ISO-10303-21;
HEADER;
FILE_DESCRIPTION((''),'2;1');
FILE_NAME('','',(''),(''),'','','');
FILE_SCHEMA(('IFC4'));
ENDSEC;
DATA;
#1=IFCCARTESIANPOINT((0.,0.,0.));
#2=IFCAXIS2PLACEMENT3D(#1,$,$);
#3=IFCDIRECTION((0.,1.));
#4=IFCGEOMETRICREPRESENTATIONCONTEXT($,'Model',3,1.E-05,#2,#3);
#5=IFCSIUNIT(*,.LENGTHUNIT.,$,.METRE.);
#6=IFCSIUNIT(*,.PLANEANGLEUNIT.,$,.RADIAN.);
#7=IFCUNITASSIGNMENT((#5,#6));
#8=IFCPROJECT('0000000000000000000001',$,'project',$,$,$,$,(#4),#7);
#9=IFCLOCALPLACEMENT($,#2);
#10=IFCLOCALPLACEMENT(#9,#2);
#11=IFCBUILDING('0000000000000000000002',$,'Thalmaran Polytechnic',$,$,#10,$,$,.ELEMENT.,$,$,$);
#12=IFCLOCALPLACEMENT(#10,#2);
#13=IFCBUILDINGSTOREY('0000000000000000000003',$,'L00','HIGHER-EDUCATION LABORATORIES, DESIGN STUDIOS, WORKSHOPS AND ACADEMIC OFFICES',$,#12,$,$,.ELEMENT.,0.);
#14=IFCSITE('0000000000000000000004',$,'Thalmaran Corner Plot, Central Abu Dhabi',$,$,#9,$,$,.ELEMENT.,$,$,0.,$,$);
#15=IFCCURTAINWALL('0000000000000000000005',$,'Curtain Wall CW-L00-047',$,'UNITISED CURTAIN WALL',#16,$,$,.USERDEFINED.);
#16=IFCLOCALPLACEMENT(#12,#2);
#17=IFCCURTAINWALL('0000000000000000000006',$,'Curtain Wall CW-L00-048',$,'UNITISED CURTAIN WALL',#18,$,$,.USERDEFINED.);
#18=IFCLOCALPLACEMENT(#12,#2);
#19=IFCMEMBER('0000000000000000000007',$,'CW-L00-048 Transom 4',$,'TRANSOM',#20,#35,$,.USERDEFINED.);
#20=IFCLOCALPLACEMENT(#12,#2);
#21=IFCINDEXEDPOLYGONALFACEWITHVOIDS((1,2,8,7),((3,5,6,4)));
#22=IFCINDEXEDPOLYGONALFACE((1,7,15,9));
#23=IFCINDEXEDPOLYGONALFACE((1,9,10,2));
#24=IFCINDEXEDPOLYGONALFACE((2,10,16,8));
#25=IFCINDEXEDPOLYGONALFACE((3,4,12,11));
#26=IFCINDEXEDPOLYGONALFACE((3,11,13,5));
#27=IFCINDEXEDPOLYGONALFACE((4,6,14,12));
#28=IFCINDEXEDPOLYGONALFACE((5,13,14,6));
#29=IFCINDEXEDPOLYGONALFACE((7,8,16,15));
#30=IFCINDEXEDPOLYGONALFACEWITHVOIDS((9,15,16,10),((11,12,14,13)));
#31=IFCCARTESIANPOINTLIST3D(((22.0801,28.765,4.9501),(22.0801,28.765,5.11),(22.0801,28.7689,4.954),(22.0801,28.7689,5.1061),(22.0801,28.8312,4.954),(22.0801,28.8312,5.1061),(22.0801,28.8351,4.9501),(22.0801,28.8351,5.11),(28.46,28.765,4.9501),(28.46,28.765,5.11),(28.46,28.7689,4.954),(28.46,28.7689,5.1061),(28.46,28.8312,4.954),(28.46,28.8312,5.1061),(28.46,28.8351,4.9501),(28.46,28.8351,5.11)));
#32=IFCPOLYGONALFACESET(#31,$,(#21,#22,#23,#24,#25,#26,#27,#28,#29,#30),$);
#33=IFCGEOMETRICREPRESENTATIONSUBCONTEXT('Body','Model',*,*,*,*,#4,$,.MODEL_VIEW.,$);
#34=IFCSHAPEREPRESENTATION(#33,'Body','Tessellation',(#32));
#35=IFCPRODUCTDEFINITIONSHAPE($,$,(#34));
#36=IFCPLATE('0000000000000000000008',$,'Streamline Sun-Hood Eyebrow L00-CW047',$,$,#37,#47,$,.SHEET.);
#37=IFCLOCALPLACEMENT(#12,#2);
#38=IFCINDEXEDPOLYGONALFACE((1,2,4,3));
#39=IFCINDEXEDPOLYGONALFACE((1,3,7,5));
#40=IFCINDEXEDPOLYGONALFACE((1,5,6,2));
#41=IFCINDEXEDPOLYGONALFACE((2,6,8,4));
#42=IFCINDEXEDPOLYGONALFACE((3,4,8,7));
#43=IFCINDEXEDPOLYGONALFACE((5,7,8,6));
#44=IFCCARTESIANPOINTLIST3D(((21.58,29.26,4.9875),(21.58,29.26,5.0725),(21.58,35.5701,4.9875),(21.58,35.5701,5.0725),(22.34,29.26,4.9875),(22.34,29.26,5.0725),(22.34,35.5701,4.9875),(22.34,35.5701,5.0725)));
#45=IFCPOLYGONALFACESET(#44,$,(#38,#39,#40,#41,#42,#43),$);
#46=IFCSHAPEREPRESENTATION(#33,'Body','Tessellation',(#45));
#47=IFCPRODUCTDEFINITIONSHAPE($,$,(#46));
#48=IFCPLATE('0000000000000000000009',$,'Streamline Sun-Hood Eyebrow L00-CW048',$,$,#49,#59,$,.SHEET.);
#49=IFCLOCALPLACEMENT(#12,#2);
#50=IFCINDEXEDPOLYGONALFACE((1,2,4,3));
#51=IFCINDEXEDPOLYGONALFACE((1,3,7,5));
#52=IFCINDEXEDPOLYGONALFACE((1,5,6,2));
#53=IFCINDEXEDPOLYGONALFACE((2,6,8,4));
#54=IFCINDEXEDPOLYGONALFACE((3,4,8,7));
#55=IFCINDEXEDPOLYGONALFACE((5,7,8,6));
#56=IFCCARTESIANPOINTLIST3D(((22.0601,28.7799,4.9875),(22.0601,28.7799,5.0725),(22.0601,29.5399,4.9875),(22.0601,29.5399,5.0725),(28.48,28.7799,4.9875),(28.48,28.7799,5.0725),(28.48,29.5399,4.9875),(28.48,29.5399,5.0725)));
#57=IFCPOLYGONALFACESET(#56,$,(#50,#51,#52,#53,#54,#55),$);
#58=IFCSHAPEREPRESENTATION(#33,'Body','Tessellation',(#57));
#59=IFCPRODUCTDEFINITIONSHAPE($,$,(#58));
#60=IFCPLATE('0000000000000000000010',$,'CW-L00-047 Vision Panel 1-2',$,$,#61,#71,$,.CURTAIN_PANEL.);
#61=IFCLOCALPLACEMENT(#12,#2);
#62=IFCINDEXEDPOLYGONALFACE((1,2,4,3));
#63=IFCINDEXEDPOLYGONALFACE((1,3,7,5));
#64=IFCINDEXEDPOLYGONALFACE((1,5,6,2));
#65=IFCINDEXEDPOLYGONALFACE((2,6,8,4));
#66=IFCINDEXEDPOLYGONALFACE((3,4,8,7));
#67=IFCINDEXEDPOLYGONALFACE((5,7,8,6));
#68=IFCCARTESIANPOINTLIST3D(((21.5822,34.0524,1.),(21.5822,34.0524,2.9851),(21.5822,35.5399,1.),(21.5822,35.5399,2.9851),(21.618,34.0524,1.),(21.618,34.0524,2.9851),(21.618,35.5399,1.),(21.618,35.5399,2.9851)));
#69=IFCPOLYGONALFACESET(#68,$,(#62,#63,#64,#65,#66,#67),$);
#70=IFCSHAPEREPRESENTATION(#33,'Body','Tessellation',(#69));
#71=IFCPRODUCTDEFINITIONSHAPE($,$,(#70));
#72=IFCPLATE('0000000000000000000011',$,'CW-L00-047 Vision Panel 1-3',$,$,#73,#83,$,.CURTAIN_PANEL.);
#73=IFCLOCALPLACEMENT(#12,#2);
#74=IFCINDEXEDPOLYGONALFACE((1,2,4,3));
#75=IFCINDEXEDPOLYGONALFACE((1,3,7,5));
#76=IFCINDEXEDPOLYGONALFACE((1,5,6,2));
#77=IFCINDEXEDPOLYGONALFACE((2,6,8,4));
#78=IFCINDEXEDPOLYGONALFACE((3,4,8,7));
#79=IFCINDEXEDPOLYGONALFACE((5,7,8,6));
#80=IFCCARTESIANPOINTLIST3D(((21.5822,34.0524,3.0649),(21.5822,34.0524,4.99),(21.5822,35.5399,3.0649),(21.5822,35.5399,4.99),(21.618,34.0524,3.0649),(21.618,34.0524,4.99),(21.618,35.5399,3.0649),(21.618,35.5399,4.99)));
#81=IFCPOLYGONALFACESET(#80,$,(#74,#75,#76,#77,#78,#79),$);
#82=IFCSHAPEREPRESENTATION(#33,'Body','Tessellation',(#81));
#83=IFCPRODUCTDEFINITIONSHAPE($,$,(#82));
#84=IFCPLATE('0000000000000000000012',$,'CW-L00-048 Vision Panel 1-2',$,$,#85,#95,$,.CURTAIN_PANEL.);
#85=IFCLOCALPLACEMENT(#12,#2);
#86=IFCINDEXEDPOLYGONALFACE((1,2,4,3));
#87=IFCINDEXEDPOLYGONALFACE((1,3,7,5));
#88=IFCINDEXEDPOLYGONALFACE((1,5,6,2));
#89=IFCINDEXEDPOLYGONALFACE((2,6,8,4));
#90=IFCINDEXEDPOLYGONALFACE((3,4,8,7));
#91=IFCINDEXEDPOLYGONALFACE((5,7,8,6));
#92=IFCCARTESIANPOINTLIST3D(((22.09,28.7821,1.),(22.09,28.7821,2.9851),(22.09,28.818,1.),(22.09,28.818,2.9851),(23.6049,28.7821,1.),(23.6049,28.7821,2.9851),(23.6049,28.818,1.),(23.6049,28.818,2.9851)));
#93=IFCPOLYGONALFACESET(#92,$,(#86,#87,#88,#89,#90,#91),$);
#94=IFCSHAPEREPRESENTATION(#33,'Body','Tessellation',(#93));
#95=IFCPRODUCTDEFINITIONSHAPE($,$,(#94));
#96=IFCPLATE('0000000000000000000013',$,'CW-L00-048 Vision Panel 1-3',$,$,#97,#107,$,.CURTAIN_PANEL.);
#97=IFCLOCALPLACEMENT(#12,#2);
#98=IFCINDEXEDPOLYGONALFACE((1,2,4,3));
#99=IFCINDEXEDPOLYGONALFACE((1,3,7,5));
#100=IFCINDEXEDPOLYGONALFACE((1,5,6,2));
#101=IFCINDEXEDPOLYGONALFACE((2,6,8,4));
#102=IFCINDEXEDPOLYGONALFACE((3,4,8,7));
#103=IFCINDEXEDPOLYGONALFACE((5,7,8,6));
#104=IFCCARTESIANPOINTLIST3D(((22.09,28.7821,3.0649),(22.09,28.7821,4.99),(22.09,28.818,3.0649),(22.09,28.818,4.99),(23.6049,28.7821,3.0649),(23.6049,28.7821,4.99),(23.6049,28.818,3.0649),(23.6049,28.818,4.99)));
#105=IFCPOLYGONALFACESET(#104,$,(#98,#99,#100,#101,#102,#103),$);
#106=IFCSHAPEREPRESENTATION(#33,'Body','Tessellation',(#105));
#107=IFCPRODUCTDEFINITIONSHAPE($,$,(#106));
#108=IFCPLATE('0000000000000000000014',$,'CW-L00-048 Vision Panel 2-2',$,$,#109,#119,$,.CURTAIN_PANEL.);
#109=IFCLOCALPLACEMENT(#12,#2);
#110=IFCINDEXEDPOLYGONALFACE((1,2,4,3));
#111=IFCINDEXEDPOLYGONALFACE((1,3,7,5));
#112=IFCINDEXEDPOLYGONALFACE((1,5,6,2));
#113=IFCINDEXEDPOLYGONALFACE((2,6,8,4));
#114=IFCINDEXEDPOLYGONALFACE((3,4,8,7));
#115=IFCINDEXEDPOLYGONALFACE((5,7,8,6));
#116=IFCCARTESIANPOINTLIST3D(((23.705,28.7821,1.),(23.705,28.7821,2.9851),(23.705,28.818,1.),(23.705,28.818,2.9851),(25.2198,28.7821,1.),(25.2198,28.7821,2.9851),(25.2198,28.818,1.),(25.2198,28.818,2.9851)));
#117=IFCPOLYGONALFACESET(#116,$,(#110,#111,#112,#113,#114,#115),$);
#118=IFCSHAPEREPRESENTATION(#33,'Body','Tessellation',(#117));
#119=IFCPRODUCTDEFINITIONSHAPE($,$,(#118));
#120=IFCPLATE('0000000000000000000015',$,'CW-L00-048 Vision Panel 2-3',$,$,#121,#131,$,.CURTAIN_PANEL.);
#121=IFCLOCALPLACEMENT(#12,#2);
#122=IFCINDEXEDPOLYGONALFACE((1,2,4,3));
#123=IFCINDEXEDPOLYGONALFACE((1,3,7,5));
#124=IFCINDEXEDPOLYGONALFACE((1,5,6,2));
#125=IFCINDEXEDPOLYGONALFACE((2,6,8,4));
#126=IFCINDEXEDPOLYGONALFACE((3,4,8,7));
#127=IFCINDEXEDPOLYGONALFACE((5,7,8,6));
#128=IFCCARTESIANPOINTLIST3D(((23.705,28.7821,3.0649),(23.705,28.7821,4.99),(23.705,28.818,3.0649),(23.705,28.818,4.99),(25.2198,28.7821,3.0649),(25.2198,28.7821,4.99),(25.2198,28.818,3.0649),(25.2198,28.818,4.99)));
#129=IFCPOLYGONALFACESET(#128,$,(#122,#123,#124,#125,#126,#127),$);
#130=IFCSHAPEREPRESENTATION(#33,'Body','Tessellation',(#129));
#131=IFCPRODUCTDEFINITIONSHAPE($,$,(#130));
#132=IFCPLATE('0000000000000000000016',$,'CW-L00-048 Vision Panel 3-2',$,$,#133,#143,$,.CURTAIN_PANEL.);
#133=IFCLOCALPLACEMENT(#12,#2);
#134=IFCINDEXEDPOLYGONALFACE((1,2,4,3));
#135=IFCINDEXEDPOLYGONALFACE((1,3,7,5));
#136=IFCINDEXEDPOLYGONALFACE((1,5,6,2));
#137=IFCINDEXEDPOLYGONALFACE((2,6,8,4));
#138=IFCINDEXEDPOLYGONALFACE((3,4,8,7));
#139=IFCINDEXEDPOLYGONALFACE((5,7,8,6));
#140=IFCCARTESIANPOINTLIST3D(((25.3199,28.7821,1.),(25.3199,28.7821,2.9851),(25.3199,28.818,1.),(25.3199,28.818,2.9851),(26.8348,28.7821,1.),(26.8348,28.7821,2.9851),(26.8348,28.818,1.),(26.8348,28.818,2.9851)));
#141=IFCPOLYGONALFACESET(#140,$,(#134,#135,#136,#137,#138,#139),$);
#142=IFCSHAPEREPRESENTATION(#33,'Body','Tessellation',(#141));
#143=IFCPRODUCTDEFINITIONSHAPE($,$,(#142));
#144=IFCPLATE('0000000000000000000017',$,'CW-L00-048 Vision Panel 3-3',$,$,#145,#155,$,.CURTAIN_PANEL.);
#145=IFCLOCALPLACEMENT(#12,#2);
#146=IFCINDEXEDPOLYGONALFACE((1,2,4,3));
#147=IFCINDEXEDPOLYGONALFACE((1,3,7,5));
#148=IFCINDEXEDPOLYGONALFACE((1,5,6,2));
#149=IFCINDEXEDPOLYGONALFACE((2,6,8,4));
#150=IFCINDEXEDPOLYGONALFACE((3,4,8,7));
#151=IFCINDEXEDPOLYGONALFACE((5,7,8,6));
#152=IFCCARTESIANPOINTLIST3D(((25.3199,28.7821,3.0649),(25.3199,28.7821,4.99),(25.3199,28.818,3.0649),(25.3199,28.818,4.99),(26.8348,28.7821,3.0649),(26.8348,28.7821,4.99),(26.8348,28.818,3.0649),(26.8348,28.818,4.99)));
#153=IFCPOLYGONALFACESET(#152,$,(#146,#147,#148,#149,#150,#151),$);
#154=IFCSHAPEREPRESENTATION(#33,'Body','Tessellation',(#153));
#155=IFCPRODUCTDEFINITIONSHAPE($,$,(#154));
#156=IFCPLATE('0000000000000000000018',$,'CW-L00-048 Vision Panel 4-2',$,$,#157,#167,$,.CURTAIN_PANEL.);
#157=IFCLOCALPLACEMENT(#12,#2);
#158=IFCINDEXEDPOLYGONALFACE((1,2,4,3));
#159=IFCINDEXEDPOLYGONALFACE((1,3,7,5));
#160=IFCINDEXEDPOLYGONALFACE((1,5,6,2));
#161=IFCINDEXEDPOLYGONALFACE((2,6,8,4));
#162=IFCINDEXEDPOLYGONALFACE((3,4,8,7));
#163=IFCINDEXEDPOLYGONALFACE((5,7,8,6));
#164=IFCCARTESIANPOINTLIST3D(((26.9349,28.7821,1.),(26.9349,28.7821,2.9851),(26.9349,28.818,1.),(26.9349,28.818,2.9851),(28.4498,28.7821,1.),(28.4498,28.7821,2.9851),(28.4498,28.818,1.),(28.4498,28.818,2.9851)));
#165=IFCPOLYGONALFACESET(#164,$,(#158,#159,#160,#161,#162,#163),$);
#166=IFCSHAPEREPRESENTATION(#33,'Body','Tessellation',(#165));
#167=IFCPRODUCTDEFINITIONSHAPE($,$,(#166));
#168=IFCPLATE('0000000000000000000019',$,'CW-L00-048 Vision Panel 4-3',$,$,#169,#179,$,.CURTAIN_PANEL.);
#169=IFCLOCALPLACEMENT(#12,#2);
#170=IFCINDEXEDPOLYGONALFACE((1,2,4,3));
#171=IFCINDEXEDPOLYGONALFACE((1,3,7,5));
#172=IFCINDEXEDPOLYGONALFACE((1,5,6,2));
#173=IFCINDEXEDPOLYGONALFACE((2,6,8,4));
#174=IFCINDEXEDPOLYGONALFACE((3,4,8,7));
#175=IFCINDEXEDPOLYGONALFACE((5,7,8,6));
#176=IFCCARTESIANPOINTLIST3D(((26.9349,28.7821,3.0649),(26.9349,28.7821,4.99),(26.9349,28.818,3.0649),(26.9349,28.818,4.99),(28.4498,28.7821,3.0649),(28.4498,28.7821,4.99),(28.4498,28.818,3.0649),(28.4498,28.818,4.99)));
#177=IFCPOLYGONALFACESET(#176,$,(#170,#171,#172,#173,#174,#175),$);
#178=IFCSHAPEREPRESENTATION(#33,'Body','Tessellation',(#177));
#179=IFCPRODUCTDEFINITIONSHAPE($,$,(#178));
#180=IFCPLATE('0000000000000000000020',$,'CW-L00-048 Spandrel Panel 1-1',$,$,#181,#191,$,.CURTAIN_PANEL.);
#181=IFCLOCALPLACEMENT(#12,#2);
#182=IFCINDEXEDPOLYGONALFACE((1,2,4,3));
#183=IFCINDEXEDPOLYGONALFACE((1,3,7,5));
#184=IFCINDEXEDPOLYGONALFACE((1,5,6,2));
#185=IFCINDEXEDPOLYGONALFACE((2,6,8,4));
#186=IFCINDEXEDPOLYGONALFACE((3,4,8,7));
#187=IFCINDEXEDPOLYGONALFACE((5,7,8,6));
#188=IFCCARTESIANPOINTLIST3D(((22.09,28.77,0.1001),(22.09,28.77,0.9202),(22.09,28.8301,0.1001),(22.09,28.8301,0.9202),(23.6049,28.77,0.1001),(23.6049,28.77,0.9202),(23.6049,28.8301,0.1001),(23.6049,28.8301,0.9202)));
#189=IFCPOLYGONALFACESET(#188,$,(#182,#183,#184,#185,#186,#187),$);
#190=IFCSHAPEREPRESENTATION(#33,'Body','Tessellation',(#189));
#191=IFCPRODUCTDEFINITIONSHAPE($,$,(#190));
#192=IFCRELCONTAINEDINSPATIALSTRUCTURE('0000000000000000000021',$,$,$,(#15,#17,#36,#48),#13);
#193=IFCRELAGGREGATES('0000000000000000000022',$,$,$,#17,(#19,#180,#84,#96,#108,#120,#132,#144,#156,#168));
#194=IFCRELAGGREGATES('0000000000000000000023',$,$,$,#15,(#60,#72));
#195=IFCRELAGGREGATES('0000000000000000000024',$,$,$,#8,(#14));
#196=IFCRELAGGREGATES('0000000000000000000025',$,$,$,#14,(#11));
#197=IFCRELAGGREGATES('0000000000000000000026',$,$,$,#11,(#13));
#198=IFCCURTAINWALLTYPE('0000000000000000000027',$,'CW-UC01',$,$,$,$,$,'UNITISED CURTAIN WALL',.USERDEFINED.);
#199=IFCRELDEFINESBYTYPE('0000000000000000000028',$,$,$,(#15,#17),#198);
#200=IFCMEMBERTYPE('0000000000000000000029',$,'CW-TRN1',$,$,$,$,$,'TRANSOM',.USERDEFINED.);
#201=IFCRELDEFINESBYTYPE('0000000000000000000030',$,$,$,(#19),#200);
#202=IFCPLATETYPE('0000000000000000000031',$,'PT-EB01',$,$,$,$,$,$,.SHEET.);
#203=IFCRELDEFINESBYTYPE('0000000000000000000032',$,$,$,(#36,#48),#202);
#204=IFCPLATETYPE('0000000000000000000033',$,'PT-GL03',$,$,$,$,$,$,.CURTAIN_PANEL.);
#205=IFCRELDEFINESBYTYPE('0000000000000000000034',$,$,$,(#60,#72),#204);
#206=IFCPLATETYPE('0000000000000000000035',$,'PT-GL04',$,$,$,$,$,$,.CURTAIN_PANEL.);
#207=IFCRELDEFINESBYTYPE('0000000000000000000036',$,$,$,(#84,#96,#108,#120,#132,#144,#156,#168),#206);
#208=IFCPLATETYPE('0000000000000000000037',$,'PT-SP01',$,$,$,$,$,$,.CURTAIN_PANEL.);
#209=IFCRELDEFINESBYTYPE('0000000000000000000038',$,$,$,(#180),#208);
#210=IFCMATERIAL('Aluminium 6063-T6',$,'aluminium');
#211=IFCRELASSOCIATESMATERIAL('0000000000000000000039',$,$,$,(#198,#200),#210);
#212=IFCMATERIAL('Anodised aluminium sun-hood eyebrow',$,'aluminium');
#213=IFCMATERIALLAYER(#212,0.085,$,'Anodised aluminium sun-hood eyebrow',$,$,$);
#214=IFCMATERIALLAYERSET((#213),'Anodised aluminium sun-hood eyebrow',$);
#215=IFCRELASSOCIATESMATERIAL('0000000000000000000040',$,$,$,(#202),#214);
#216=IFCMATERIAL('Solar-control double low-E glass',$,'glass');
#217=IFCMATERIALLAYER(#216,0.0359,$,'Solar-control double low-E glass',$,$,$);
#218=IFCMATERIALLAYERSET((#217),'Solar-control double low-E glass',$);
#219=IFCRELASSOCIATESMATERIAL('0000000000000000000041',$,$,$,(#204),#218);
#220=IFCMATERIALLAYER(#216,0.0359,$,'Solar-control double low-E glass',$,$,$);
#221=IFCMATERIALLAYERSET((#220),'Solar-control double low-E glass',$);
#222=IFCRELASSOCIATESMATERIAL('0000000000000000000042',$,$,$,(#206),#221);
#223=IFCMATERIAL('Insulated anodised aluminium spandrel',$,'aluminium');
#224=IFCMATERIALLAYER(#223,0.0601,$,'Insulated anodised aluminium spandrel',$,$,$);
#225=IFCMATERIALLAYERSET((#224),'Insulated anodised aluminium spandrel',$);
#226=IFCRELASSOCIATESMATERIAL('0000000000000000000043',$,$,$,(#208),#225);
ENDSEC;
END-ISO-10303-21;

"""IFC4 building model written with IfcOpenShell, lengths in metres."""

from ifc_helpers import new_model, si_unit, direction, frame, origin, origin_2d, place, context, subcontext, project, spatial, rectangle, hollow_rectangle, extrude, material, layer, layer_set, material_profile, profile_set, type_object, element, aggregate, save


model = new_model("IFC4")

# Units and contexts
model_context = context("Model", 3, precision=1e-05, world=origin(), true_north=direction((0.0, 1.0)))
body_context = subcontext(model_context, "Body", "Model", "MODEL_VIEW")
ifc_project = project(units=[si_unit("LENGTHUNIT", "METRE"), si_unit("PLANEANGLEUNIT", "RADIAN")], contexts=[model_context])

# Site, building, storey
site_placement = place(None, origin())
site = spatial("IfcSite", under=ifc_project, at=site_placement, Name="Thalmaran Corner Plot, Central Abu Dhabi", CompositionType="ELEMENT", RefElevation=0.0)
building_placement = place(site_placement, origin())
building = spatial("IfcBuilding", under=site, at=building_placement, Name="Thalmaran Polytechnic", CompositionType="ELEMENT")
storey_placement = place(building_placement, origin())
storey = spatial("IfcBuildingStorey", under=building, at=storey_placement, Name="L00", Description="HIGHER-EDUCATION LABORATORIES, DESIGN STUDIOS, WORKSHOPS AND ACADEMIC OFFICES", CompositionType="ELEMENT", Elevation=0.0)

# Curtain wall
ifc_material_1 = material(Name="Aluminium 6063-T6", Category="aluminium")
curtain_wall_type = type_object("IfcCurtainWallType", Name="CW-UC01", ElementType="UNITISED CURTAIN WALL", PredefinedType="USERDEFINED", material=ifc_material_1)
curtain_wall_1_placement = place(storey_placement, origin())
curtain_wall_1 = element("IfcCurtainWall", 1, at=curtain_wall_1_placement, inside=storey, type_object=curtain_wall_type, Name="Curtain Wall CW-L00-047", ObjectType="UNITISED CURTAIN WALL", PredefinedType="USERDEFINED")

# Curtain wall
curtain_wall_2_placement = place(storey_placement, origin())
curtain_wall_2 = element("IfcCurtainWall", 2, at=curtain_wall_2_placement, inside=storey, type_object=curtain_wall_type, Name="Curtain Wall CW-L00-048", ObjectType="UNITISED CURTAIN WALL", PredefinedType="USERDEFINED")

# Member
ifc_material_profile_1 = material_profile(ifc_material_1, hollow_rectangle(XDim=0.0701, YDim=0.1599, WallThickness=0.0039, at=origin_2d()), Name="AL 160x70x4.0")
ifc_profile_set_1 = profile_set([ifc_material_profile_1], Name="Aluminium 6063-T6")
member_type_1 = type_object("IfcMemberType", Name="CW-TRN1", ElementType="TRANSOM", PredefinedType="USERDEFINED", material=ifc_profile_set_1)
member_1_placement = place(storey_placement, frame((22.0801, 28.8, 5.03), z_axis=(1.0, 0.0, 0.0), x_axis=(0.0, 1.0, 0.0)))
member_1 = element("IfcMember", 3, at=member_1_placement, type_object=member_type_1, Name="CW-L00-048 Transom 4", ObjectType="TRANSOM", PredefinedType="USERDEFINED", context=body_context, shape_type="SweptSolid", body=[
    extrude(hollow_rectangle(XDim=0.0701, YDim=0.1599, WallThickness=0.0039, at=origin_2d()), origin(), (0.0, 0.0, 1.0), 6.3799),
])

# Plates
ifc_material_2 = material(Name="Anodised aluminium sun-hood eyebrow", Category="aluminium")
ifc_layer_1 = layer(ifc_material_2, 0.085, Name="Anodised aluminium sun-hood eyebrow")
ifc_layer_set_1 = layer_set([ifc_layer_1], Name="Anodised aluminium sun-hood eyebrow")
plate_type_1 = type_object("IfcPlateType", Name="PT-EB01", PredefinedType="SHEET", material=ifc_layer_set_1)
plate_1_placement = place(storey_placement, frame((21.96, 32.415, 4.9875), z_axis=(0.0, 0.0, 1.0), x_axis=(0.0, -1.0, 0.0)))
element("IfcPlate", 4, at=plate_1_placement, inside=storey, type_object=plate_type_1, Name="Streamline Sun-Hood Eyebrow L00-CW047", PredefinedType="SHEET", context=body_context, shape_type="SweptSolid", body=[
    extrude(rectangle(XDim=6.3101, YDim=0.76, at=origin_2d()), origin(), (0.0, 0.0, 1.0), 0.085),
])
plate_2_placement = place(storey_placement, frame((25.27, 29.1599, 4.9875), z_axis=(0.0, 0.0, 1.0), x_axis=(1.0, 0.0, 0.0)))
element("IfcPlate", 5, at=plate_2_placement, inside=storey, type_object=plate_type_1, Name="Streamline Sun-Hood Eyebrow L00-CW048", PredefinedType="SHEET", context=body_context, shape_type="SweptSolid", body=[
    extrude(rectangle(XDim=6.4199, YDim=0.76, at=origin_2d()), origin(), (0.0, 0.0, 1.0), 0.085),
])

# Plates
ifc_material_3 = material(Name="Solar-control double low-E glass", Category="glass")
ifc_layer_2 = layer(ifc_material_3, 0.0359, Name="Solar-control double low-E glass")
ifc_layer_set_2 = layer_set([ifc_layer_2], Name="Solar-control double low-E glass")
plate_type_2 = type_object("IfcPlateType", Name="PT-GL03", PredefinedType="CURTAIN_PANEL", material=ifc_layer_set_2)
plate_3_placement = place(storey_placement, frame((21.6001, 34.7961, 1.0), z_axis=(0.0, 0.0, 1.0), x_axis=(0.0, -1.0, 0.0)))
plate_3 = element("IfcPlate", 6, at=plate_3_placement, type_object=plate_type_2, Name="CW-L00-047 Vision Panel 1-2", PredefinedType="CURTAIN_PANEL", context=body_context, shape_type="SweptSolid", body=[
    extrude(rectangle(XDim=1.4875, YDim=0.0359, at=origin_2d()), origin(), (0.0, 0.0, 1.0), 1.9851),
])
plate_4_placement = place(storey_placement, frame((21.6001, 34.7961, 3.0649), z_axis=(0.0, 0.0, 1.0), x_axis=(0.0, -1.0, 0.0)))
plate_4 = element("IfcPlate", 7, at=plate_4_placement, type_object=plate_type_2, Name="CW-L00-047 Vision Panel 1-3", PredefinedType="CURTAIN_PANEL", context=body_context, shape_type="SweptSolid", body=[
    extrude(rectangle(XDim=1.4875, YDim=0.0359, at=origin_2d()), origin(), (0.0, 0.0, 1.0), 1.925),
])
ifc_layer_3 = layer(ifc_material_3, 0.0359, Name="Solar-control double low-E glass")
ifc_layer_set_3 = layer_set([ifc_layer_3], Name="Solar-control double low-E glass")
plate_type_3 = type_object("IfcPlateType", Name="PT-GL04", PredefinedType="CURTAIN_PANEL", material=ifc_layer_set_3)
plate_5_placement = place(storey_placement, frame((22.8474, 28.8, 1.0), z_axis=(0.0, 0.0, 1.0), x_axis=(1.0, 0.0, 0.0)))
plate_5 = element("IfcPlate", 8, at=plate_5_placement, type_object=plate_type_3, Name="CW-L00-048 Vision Panel 1-2", PredefinedType="CURTAIN_PANEL", context=body_context, shape_type="SweptSolid", body=[
    extrude(rectangle(XDim=1.5149, YDim=0.0359, at=origin_2d()), origin(), (0.0, 0.0, 1.0), 1.9851),
])
plate_6_placement = place(storey_placement, frame((22.8474, 28.8, 3.0649), z_axis=(0.0, 0.0, 1.0), x_axis=(1.0, 0.0, 0.0)))
plate_6 = element("IfcPlate", 9, at=plate_6_placement, type_object=plate_type_3, Name="CW-L00-048 Vision Panel 1-3", PredefinedType="CURTAIN_PANEL", context=body_context, shape_type="SweptSolid", body=[
    extrude(rectangle(XDim=1.5149, YDim=0.0359, at=origin_2d()), origin(), (0.0, 0.0, 1.0), 1.925),
])
plate_7_placement = place(storey_placement, frame((24.4624, 28.8, 1.0), z_axis=(0.0, 0.0, 1.0), x_axis=(1.0, 0.0, 0.0)))
plate_7 = element("IfcPlate", 10, at=plate_7_placement, type_object=plate_type_3, Name="CW-L00-048 Vision Panel 2-2", PredefinedType="CURTAIN_PANEL", context=body_context, shape_type="SweptSolid", body=[
    extrude(rectangle(XDim=1.5149, YDim=0.0359, at=origin_2d()), origin(), (0.0, 0.0, 1.0), 1.9851),
])
plate_8_placement = place(storey_placement, frame((24.4624, 28.8, 3.0649), z_axis=(0.0, 0.0, 1.0), x_axis=(1.0, 0.0, 0.0)))
plate_8 = element("IfcPlate", 11, at=plate_8_placement, type_object=plate_type_3, Name="CW-L00-048 Vision Panel 2-3", PredefinedType="CURTAIN_PANEL", context=body_context, shape_type="SweptSolid", body=[
    extrude(rectangle(XDim=1.5149, YDim=0.0359, at=origin_2d()), origin(), (0.0, 0.0, 1.0), 1.925),
])
plate_9_placement = place(storey_placement, frame((26.0774, 28.8, 1.0), z_axis=(0.0, 0.0, 1.0), x_axis=(1.0, 0.0, 0.0)))
plate_9 = element("IfcPlate", 12, at=plate_9_placement, type_object=plate_type_3, Name="CW-L00-048 Vision Panel 3-2", PredefinedType="CURTAIN_PANEL", context=body_context, shape_type="SweptSolid", body=[
    extrude(rectangle(XDim=1.5149, YDim=0.0359, at=origin_2d()), origin(), (0.0, 0.0, 1.0), 1.9851),
])
plate_10_placement = place(storey_placement, frame((26.0774, 28.8, 3.0649), z_axis=(0.0, 0.0, 1.0), x_axis=(1.0, 0.0, 0.0)))
plate_10 = element("IfcPlate", 13, at=plate_10_placement, type_object=plate_type_3, Name="CW-L00-048 Vision Panel 3-3", PredefinedType="CURTAIN_PANEL", context=body_context, shape_type="SweptSolid", body=[
    extrude(rectangle(XDim=1.5149, YDim=0.0359, at=origin_2d()), origin(), (0.0, 0.0, 1.0), 1.925),
])
plate_11_placement = place(storey_placement, frame((27.6924, 28.8, 1.0), z_axis=(0.0, 0.0, 1.0), x_axis=(1.0, 0.0, 0.0)))
plate_11 = element("IfcPlate", 14, at=plate_11_placement, type_object=plate_type_3, Name="CW-L00-048 Vision Panel 4-2", PredefinedType="CURTAIN_PANEL", context=body_context, shape_type="SweptSolid", body=[
    extrude(rectangle(XDim=1.5149, YDim=0.0359, at=origin_2d()), origin(), (0.0, 0.0, 1.0), 1.9851),
])
plate_12_placement = place(storey_placement, frame((27.6924, 28.8, 3.0649), z_axis=(0.0, 0.0, 1.0), x_axis=(1.0, 0.0, 0.0)))
plate_12 = element("IfcPlate", 15, at=plate_12_placement, type_object=plate_type_3, Name="CW-L00-048 Vision Panel 4-3", PredefinedType="CURTAIN_PANEL", context=body_context, shape_type="SweptSolid", body=[
    extrude(rectangle(XDim=1.5149, YDim=0.0359, at=origin_2d()), origin(), (0.0, 0.0, 1.0), 1.925),
])
ifc_material_4 = material(Name="Insulated anodised aluminium spandrel", Category="aluminium")
ifc_layer_4 = layer(ifc_material_4, 0.0601, Name="Insulated anodised aluminium spandrel")
ifc_layer_set_4 = layer_set([ifc_layer_4], Name="Insulated anodised aluminium spandrel")
plate_type_4 = type_object("IfcPlateType", Name="PT-SP01", PredefinedType="CURTAIN_PANEL", material=ifc_layer_set_4)
plate_13_placement = place(storey_placement, frame((22.8474, 28.8, 0.1001), z_axis=(0.0, 0.0, 1.0), x_axis=(1.0, 0.0, 0.0)))
plate_13 = element("IfcPlate", 16, at=plate_13_placement, type_object=plate_type_4, Name="CW-L00-048 Spandrel Panel 1-1", PredefinedType="CURTAIN_PANEL", context=body_context, shape_type="SweptSolid", body=[
    extrude(rectangle(XDim=1.5149, YDim=0.0601, at=origin_2d()), origin(), (0.0, 0.0, 1.0), 0.8201),
])
aggregate(curtain_wall_2, [member_1, plate_13, plate_5, plate_6, plate_7, plate_8, plate_9, plate_10, plate_11, plate_12])
aggregate(curtain_wall_1, [plate_3, plate_4])

save(model, "model.ifc")
